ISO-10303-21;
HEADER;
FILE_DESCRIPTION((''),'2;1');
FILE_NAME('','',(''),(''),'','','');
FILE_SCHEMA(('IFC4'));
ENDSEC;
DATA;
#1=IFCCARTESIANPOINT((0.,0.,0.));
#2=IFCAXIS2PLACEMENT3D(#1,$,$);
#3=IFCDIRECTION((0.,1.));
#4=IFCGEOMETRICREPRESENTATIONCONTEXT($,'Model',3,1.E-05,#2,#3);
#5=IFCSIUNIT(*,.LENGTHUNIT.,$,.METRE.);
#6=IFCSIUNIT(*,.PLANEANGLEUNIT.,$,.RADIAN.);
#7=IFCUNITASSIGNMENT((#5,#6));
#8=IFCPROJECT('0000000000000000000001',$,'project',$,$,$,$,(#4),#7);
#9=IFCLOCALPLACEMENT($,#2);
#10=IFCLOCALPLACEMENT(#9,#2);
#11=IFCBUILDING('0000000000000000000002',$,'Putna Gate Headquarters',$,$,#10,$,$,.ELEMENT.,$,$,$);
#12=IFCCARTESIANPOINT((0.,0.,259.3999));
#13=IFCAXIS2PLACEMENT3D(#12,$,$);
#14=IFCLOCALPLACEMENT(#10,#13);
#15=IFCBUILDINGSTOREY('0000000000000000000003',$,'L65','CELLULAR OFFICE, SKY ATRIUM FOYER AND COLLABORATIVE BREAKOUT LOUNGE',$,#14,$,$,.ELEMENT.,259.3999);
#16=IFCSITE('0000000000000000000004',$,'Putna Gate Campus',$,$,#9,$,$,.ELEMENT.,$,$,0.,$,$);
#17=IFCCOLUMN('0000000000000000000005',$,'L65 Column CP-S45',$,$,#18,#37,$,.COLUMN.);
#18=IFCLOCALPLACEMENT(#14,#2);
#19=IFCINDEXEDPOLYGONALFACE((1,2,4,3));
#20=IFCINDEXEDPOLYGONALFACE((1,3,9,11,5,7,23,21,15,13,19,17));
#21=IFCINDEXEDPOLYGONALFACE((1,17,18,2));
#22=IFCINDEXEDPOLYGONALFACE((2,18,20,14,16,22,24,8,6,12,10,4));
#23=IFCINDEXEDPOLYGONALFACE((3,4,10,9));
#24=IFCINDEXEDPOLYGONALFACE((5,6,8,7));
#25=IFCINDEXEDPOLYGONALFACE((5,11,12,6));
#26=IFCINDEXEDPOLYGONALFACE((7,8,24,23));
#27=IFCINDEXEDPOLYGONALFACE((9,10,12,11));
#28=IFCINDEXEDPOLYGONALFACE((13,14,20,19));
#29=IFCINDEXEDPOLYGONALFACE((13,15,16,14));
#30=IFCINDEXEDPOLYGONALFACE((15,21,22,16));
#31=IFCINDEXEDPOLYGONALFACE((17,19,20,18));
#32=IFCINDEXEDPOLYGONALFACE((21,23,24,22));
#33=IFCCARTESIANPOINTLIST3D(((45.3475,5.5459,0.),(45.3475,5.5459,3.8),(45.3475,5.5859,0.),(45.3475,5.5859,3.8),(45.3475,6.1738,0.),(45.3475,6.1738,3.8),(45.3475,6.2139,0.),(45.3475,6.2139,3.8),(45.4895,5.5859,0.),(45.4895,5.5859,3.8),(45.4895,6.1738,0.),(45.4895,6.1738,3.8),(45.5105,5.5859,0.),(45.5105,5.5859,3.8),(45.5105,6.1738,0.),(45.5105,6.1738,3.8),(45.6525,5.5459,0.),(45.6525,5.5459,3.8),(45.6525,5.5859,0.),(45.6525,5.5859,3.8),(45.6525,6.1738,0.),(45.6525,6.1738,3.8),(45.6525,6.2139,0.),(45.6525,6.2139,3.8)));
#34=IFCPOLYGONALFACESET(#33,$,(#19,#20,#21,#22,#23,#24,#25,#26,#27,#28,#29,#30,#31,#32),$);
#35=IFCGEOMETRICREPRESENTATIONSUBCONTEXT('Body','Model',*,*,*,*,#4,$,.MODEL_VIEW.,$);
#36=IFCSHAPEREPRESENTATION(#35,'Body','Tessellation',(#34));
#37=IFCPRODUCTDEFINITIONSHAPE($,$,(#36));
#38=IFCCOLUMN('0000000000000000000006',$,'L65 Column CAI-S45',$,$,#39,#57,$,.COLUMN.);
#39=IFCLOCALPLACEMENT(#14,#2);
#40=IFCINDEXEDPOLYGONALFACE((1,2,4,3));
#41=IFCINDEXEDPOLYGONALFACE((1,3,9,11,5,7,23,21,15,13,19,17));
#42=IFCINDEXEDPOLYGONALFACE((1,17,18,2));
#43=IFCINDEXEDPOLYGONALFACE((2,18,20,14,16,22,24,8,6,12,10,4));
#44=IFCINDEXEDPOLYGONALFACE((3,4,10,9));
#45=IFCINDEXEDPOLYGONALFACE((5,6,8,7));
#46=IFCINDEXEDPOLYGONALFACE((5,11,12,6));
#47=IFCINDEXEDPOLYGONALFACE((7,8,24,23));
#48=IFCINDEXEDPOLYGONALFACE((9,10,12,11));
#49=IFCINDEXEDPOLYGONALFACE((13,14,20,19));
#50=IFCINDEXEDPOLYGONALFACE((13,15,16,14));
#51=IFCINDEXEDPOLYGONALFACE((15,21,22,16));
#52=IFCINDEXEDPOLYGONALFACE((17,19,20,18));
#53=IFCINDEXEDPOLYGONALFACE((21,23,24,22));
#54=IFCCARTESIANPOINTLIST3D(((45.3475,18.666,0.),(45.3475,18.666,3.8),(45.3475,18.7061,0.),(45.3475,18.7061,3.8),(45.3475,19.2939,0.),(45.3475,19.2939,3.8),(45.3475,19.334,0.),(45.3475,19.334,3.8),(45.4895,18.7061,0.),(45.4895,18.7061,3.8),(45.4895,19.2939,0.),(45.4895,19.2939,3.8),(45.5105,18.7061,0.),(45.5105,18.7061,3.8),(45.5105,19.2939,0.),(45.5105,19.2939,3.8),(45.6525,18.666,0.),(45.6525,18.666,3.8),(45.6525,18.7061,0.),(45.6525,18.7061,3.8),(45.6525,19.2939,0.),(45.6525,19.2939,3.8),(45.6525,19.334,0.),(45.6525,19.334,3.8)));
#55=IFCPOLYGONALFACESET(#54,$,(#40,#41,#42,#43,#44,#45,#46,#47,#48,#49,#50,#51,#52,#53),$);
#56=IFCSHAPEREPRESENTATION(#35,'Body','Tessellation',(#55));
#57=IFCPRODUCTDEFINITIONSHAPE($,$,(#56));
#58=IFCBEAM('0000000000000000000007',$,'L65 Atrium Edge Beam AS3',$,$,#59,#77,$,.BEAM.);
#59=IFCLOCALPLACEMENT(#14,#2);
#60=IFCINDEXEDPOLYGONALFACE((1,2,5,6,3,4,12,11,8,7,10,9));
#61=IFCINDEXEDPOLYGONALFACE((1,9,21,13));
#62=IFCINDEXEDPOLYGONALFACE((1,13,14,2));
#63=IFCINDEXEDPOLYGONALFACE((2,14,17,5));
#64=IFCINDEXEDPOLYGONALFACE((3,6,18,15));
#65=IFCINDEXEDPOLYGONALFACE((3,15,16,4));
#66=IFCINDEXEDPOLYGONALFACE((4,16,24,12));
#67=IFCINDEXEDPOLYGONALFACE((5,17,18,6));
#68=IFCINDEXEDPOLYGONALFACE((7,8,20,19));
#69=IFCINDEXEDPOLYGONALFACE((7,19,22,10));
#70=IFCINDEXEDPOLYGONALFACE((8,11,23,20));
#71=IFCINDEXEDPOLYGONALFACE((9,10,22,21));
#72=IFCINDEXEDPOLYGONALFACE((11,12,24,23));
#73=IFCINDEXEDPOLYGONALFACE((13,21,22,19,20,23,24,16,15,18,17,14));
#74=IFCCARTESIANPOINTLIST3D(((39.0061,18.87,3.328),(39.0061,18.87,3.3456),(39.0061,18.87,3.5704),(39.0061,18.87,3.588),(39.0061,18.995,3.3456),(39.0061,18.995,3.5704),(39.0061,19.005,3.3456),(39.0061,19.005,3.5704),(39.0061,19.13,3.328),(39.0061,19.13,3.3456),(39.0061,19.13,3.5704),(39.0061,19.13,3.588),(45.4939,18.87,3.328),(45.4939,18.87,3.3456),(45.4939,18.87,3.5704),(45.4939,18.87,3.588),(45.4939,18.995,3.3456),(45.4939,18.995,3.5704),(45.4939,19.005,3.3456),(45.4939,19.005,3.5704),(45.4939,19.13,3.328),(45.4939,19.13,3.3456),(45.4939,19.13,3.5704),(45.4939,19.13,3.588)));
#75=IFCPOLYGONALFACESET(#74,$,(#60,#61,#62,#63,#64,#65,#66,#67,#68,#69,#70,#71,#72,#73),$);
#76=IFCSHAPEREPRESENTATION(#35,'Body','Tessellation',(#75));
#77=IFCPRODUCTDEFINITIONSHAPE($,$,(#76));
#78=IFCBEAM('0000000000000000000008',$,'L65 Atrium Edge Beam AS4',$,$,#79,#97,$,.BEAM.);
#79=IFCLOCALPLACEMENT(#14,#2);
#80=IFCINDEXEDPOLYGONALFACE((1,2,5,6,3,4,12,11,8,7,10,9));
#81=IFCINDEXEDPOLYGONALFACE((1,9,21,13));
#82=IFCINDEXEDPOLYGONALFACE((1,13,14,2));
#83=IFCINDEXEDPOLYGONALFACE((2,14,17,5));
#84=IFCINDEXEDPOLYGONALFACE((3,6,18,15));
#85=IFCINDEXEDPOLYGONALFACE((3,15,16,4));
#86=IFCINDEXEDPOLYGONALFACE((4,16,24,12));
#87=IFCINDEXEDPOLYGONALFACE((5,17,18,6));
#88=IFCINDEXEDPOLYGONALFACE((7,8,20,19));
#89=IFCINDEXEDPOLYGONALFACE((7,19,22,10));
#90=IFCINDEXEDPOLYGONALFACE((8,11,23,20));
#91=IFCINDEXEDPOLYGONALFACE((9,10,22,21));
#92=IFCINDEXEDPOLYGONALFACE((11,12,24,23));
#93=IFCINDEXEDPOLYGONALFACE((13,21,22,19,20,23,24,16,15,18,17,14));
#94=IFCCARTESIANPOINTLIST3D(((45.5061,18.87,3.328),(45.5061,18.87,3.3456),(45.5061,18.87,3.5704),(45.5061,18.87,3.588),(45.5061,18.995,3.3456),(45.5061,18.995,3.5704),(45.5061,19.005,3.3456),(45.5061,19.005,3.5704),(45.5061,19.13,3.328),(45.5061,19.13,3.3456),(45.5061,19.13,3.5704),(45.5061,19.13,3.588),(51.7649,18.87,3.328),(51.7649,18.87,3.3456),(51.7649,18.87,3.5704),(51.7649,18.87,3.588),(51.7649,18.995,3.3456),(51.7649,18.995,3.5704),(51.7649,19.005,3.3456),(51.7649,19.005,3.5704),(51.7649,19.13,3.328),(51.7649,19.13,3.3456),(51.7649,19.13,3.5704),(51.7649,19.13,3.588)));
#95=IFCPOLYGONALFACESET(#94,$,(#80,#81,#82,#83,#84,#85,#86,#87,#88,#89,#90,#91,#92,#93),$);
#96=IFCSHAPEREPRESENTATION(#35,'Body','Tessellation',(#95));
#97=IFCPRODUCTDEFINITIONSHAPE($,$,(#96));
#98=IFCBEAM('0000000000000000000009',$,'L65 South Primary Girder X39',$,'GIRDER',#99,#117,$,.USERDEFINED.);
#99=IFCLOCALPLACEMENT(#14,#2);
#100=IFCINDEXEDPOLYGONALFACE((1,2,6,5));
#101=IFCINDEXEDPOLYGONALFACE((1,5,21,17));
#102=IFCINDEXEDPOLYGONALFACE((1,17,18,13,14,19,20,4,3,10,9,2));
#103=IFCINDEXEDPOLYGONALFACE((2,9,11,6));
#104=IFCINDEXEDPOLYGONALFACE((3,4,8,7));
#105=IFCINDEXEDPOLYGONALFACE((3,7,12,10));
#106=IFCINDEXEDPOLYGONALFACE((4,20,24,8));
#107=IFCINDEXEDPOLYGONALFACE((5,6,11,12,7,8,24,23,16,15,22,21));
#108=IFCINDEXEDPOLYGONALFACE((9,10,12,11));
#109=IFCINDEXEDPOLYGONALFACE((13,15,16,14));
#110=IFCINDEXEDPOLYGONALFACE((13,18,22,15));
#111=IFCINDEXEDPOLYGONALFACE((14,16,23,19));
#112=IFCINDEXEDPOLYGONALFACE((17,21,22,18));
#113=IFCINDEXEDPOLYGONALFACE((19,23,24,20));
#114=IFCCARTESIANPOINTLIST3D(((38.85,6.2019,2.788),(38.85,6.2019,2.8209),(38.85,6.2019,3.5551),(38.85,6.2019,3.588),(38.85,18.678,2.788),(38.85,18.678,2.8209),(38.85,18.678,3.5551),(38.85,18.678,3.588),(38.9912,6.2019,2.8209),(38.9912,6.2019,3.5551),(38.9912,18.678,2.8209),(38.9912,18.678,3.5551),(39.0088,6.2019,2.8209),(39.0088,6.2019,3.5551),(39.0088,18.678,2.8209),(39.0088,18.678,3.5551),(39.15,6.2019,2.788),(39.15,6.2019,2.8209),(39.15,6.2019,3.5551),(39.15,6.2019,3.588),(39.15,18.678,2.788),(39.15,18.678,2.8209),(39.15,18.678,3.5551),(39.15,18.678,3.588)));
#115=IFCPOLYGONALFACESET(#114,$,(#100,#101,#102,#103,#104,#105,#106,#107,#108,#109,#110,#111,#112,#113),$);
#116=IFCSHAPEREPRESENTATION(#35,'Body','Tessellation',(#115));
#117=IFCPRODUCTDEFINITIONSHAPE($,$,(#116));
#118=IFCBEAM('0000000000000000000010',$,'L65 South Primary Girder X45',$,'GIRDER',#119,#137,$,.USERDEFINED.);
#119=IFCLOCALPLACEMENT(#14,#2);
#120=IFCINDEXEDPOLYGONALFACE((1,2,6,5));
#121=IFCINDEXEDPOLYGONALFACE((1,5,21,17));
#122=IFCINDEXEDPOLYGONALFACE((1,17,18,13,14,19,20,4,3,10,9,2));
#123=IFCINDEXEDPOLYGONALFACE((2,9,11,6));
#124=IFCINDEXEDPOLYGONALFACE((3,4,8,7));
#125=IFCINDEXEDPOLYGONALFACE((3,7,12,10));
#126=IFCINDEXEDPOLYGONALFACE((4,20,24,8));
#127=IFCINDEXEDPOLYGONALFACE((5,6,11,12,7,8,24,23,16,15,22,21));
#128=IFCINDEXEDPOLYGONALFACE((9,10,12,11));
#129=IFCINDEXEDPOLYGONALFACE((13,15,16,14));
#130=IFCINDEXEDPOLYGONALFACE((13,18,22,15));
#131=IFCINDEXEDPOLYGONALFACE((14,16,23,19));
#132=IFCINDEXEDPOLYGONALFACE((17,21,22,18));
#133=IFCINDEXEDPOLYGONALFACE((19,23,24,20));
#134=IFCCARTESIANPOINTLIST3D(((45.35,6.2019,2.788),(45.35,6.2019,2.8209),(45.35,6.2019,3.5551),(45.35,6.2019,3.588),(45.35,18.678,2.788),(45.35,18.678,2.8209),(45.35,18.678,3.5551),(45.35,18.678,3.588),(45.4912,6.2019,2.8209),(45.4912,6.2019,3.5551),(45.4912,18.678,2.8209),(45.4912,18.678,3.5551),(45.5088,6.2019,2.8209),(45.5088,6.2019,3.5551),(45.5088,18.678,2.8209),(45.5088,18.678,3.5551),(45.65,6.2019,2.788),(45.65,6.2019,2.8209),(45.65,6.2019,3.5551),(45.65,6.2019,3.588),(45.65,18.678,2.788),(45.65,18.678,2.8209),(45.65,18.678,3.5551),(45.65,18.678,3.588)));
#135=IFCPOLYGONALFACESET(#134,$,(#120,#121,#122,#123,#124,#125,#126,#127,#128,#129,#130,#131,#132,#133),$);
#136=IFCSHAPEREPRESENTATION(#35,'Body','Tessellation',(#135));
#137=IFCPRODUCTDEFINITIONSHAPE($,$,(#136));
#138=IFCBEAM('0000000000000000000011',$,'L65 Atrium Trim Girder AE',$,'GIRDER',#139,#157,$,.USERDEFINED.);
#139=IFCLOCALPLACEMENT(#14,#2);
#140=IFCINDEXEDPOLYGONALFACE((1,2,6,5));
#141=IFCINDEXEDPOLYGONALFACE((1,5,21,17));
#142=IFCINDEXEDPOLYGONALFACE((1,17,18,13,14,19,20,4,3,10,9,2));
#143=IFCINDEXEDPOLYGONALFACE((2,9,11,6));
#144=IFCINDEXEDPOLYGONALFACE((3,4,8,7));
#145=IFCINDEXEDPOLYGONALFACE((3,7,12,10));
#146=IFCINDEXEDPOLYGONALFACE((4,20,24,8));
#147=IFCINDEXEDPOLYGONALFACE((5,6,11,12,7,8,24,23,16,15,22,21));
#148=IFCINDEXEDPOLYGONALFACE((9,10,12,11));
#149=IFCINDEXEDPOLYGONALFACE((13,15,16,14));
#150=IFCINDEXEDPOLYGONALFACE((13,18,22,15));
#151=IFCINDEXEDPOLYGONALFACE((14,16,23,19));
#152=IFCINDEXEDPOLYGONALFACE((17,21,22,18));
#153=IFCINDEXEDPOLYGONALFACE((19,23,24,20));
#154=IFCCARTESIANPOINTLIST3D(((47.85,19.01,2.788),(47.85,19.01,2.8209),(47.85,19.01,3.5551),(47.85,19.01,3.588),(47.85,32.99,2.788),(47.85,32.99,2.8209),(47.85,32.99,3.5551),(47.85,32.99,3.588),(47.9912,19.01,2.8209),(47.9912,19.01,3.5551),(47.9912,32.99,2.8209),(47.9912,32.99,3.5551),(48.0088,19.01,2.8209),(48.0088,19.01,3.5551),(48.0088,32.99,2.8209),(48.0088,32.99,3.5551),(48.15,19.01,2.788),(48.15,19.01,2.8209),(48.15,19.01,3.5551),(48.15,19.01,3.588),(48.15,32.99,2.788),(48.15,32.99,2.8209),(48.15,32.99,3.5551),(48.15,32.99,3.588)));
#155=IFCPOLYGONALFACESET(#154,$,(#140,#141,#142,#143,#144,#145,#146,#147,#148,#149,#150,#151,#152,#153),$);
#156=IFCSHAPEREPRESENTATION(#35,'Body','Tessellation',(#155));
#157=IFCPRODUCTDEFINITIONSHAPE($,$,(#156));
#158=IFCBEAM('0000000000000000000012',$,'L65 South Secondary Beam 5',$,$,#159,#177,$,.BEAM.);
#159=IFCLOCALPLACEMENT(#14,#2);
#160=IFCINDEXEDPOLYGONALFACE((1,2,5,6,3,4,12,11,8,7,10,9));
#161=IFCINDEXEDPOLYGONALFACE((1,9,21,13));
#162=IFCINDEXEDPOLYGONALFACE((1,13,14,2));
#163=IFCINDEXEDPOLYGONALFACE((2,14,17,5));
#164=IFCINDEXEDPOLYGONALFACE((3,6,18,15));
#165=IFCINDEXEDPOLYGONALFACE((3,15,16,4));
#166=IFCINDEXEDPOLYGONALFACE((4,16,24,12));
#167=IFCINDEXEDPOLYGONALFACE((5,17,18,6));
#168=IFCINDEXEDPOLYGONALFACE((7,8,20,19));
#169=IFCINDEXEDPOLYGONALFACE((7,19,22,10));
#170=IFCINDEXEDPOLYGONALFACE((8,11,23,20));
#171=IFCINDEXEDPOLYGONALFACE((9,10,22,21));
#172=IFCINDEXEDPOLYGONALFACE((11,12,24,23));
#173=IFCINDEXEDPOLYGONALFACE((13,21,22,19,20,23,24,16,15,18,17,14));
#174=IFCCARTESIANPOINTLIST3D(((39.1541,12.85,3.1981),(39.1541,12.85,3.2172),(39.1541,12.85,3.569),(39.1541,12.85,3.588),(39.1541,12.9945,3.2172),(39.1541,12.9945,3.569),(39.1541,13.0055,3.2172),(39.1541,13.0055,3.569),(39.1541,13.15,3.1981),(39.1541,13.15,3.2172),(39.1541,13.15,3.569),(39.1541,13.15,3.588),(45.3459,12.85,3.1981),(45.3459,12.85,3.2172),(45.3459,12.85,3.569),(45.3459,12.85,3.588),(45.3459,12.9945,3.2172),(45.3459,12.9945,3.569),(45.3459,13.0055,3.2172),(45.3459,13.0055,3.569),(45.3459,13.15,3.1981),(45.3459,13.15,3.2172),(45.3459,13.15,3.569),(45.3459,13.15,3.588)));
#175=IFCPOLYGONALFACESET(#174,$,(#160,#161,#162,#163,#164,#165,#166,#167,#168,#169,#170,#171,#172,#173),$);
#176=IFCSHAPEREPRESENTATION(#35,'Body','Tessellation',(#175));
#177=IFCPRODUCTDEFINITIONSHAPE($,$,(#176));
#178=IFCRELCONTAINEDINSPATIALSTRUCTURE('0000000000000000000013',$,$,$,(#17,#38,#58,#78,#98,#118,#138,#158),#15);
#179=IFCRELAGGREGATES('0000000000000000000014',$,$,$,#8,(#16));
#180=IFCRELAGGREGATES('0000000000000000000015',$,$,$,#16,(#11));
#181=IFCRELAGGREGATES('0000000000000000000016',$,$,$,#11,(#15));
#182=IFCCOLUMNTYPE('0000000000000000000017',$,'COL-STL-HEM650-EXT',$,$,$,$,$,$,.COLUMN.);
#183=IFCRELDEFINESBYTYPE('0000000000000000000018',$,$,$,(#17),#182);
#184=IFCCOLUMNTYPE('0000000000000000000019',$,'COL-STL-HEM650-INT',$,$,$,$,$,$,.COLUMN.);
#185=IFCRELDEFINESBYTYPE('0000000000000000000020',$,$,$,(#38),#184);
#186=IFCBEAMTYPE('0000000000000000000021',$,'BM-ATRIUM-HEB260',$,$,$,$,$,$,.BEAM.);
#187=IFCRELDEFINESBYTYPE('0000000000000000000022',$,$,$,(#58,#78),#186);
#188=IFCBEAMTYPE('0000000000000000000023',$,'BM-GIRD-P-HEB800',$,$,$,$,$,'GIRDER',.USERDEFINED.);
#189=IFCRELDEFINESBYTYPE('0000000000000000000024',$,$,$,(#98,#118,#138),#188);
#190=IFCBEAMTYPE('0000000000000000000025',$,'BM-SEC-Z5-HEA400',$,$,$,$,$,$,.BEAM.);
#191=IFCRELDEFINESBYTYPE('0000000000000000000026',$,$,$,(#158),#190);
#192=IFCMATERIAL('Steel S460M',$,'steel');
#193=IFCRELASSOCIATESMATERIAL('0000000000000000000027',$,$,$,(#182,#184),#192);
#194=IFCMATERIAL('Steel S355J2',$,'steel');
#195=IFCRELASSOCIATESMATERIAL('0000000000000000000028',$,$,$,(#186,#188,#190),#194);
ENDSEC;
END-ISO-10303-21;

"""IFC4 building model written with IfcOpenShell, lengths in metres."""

from ifc_helpers import new_model, si_unit, direction, frame, origin, origin_2d, place, context, subcontext, project, spatial, i_section, extrude, material, material_profile, profile_set, type_object, element, save


model = new_model("IFC4")

# Units and contexts
model_context = context("Model", 3, precision=1e-05, world=origin(), true_north=direction((0.0, 1.0)))
body_context = subcontext(model_context, "Body", "Model", "MODEL_VIEW")
ifc_project = project(units=[si_unit("LENGTHUNIT", "METRE"), si_unit("PLANEANGLEUNIT", "RADIAN")], contexts=[model_context])

# Site, building, storey
site_placement = place(None, origin())
site = spatial("IfcSite", under=ifc_project, at=site_placement, Name="Putna Gate Campus", CompositionType="ELEMENT", RefElevation=0.0)
building_placement = place(site_placement, origin())
building = spatial("IfcBuilding", under=site, at=building_placement, Name="Putna Gate Headquarters", CompositionType="ELEMENT")
storey_placement = place(building_placement, frame((0.0, 0.0, 259.3999)))
storey = spatial("IfcBuildingStorey", under=building, at=storey_placement, Name="L65", Description="CELLULAR OFFICE, SKY ATRIUM FOYER AND COLLABORATIVE BREAKOUT LOUNGE", CompositionType="ELEMENT", Elevation=259.3999)

# Columns
ifc_material_1 = material(Name="Steel S460M", Category="steel")
ifc_material_profile_1 = material_profile(ifc_material_1, i_section(OverallWidth=0.3049, OverallDepth=0.668, WebThickness=0.021, FlangeThickness=0.04, at=origin_2d()), Name="Steel S460M")
ifc_profile_set_1 = profile_set([ifc_material_profile_1], Name="Steel S460M")
column_type_1 = type_object("IfcColumnType", Name="COL-STL-HEM650-EXT", PredefinedType="COLUMN", material=ifc_profile_set_1)
column_1_placement = place(storey_placement, frame((45.5, 5.8799, 0.0), z_axis=(0.0, 0.0, 1.0), x_axis=(1.0, 0.0, 0.0)))
element("IfcColumn", 1, at=column_1_placement, inside=storey, type_object=column_type_1, Name="L65 Column CP-S45", PredefinedType="COLUMN", context=body_context, shape_type="SweptSolid", body=[
    extrude(i_section(OverallWidth=0.3049, OverallDepth=0.668, WebThickness=0.021, FlangeThickness=0.04, at=origin_2d()), origin(), (0.0, 0.0, 1.0), 3.8),
])
ifc_material_profile_2 = material_profile(ifc_material_1, i_section(OverallWidth=0.3049, OverallDepth=0.668, WebThickness=0.021, FlangeThickness=0.04, at=origin_2d()), Name="Steel S460M")
ifc_profile_set_2 = profile_set([ifc_material_profile_2], Name="Steel S460M")
column_type_2 = type_object("IfcColumnType", Name="COL-STL-HEM650-INT", PredefinedType="COLUMN", material=ifc_profile_set_2)
column_2_placement = place(storey_placement, frame((45.5, 19.0, 0.0), z_axis=(0.0, 0.0, 1.0), x_axis=(1.0, 0.0, 0.0)))
element("IfcColumn", 2, at=column_2_placement, inside=storey, type_object=column_type_2, Name="L65 Column CAI-S45", PredefinedType="COLUMN", context=body_context, shape_type="SweptSolid", body=[
    extrude(i_section(OverallWidth=0.3049, OverallDepth=0.668, WebThickness=0.021, FlangeThickness=0.04, at=origin_2d()), origin(), (0.0, 0.0, 1.0), 3.8),
])

# Beams
ifc_material_2 = material(Name="Steel S355J2", Category="steel")
ifc_material_profile_3 = material_profile(ifc_material_2, i_section(OverallWidth=0.26, OverallDepth=0.26, WebThickness=0.01, FlangeThickness=0.0176, at=origin_2d()), Name="Steel S355J2")
ifc_profile_set_3 = profile_set([ifc_material_profile_3], Name="Steel S355J2")
beam_type_1 = type_object("IfcBeamType", Name="BM-ATRIUM-HEB260", PredefinedType="BEAM", material=ifc_profile_set_3)
beam_1_placement = place(storey_placement, frame((39.0061, 19.0, 3.458), z_axis=(1.0, 0.0, 0.0), x_axis=(0.0, 1.0, 0.0)))
element("IfcBeam", 3, at=beam_1_placement, inside=storey, type_object=beam_type_1, Name="L65 Atrium Edge Beam AS3", PredefinedType="BEAM", context=body_context, shape_type="SweptSolid", body=[
    extrude(i_section(OverallWidth=0.26, OverallDepth=0.26, WebThickness=0.01, FlangeThickness=0.0176, at=origin_2d()), origin(), (0.0, 0.0, 1.0), 6.4878),
])
beam_2_placement = place(storey_placement, frame((45.5061, 19.0, 3.458), z_axis=(1.0, 0.0, 0.0), x_axis=(0.0, 1.0, 0.0)))
element("IfcBeam", 4, at=beam_2_placement, inside=storey, type_object=beam_type_1, Name="L65 Atrium Edge Beam AS4", PredefinedType="BEAM", context=body_context, shape_type="SweptSolid", body=[
    extrude(i_section(OverallWidth=0.26, OverallDepth=0.26, WebThickness=0.01, FlangeThickness=0.0176, at=origin_2d()), origin(), (0.0, 0.0, 1.0), 6.2588),
])
ifc_material_profile_4 = material_profile(ifc_material_2, i_section(OverallWidth=0.3, OverallDepth=0.8, WebThickness=0.0176, FlangeThickness=0.033, at=origin_2d()), Name="Steel S355J2")
ifc_profile_set_4 = profile_set([ifc_material_profile_4], Name="Steel S355J2")
beam_type_2 = type_object("IfcBeamType", Name="BM-GIRD-P-HEB800", ElementType="GIRDER", PredefinedType="USERDEFINED", material=ifc_profile_set_4)
for number, where, z_axis, x_axis, name in (
    (5, (39.0, 6.2019, 3.188), (0.0, 1.0, 0.0), (-1.0, 0.0, 0.0), "L65 South Primary Girder X39"),
    (6, (45.5, 6.2019, 3.188), (0.0, 1.0, 0.0), (-1.0, 0.0, 0.0), "L65 South Primary Girder X45"),
):
    element("IfcBeam", number, at=place(storey_placement, frame(where, z_axis=z_axis, x_axis=x_axis)), inside=storey, type_object=beam_type_2, Name=name, ObjectType="GIRDER", PredefinedType="USERDEFINED", context=body_context, shape_type="SweptSolid", body=[
        extrude(i_section(OverallWidth=0.3, OverallDepth=0.8, WebThickness=0.0176, FlangeThickness=0.033, at=origin_2d()), origin(), (0.0, 0.0, 1.0), 12.4761),
    ])
beam_3_placement = place(storey_placement, frame((48.0, 19.01, 3.188), z_axis=(0.0, 1.0, 0.0), x_axis=(-1.0, 0.0, 0.0)))
element("IfcBeam", 7, at=beam_3_placement, inside=storey, type_object=beam_type_2, Name="L65 Atrium Trim Girder AE", ObjectType="GIRDER", PredefinedType="USERDEFINED", context=body_context, shape_type="SweptSolid", body=[
    extrude(i_section(OverallWidth=0.3, OverallDepth=0.8, WebThickness=0.0176, FlangeThickness=0.033, at=origin_2d()), origin(), (0.0, 0.0, 1.0), 13.98),
])
ifc_material_profile_5 = material_profile(ifc_material_2, i_section(OverallWidth=0.3, OverallDepth=0.3899, WebThickness=0.011, FlangeThickness=0.019, at=origin_2d()), Name="Steel S355J2")
ifc_profile_set_5 = profile_set([ifc_material_profile_5], Name="Steel S355J2")
beam_type_3 = type_object("IfcBeamType", Name="BM-SEC-Z5-HEA400", PredefinedType="BEAM", material=ifc_profile_set_5)
beam_4_placement = place(storey_placement, frame((39.1541, 13.0, 3.3931), z_axis=(1.0, 0.0, 0.0), x_axis=(0.0, 1.0, 0.0)))
element("IfcBeam", 8, at=beam_4_placement, inside=storey, type_object=beam_type_3, Name="L65 South Secondary Beam 5", PredefinedType="BEAM", context=body_context, shape_type="SweptSolid", body=[
    extrude(i_section(OverallWidth=0.3, OverallDepth=0.3899, WebThickness=0.011, FlangeThickness=0.019, at=origin_2d()), origin(), (0.0, 0.0, 1.0), 6.1919),
])

save(model, "model.ifc")
